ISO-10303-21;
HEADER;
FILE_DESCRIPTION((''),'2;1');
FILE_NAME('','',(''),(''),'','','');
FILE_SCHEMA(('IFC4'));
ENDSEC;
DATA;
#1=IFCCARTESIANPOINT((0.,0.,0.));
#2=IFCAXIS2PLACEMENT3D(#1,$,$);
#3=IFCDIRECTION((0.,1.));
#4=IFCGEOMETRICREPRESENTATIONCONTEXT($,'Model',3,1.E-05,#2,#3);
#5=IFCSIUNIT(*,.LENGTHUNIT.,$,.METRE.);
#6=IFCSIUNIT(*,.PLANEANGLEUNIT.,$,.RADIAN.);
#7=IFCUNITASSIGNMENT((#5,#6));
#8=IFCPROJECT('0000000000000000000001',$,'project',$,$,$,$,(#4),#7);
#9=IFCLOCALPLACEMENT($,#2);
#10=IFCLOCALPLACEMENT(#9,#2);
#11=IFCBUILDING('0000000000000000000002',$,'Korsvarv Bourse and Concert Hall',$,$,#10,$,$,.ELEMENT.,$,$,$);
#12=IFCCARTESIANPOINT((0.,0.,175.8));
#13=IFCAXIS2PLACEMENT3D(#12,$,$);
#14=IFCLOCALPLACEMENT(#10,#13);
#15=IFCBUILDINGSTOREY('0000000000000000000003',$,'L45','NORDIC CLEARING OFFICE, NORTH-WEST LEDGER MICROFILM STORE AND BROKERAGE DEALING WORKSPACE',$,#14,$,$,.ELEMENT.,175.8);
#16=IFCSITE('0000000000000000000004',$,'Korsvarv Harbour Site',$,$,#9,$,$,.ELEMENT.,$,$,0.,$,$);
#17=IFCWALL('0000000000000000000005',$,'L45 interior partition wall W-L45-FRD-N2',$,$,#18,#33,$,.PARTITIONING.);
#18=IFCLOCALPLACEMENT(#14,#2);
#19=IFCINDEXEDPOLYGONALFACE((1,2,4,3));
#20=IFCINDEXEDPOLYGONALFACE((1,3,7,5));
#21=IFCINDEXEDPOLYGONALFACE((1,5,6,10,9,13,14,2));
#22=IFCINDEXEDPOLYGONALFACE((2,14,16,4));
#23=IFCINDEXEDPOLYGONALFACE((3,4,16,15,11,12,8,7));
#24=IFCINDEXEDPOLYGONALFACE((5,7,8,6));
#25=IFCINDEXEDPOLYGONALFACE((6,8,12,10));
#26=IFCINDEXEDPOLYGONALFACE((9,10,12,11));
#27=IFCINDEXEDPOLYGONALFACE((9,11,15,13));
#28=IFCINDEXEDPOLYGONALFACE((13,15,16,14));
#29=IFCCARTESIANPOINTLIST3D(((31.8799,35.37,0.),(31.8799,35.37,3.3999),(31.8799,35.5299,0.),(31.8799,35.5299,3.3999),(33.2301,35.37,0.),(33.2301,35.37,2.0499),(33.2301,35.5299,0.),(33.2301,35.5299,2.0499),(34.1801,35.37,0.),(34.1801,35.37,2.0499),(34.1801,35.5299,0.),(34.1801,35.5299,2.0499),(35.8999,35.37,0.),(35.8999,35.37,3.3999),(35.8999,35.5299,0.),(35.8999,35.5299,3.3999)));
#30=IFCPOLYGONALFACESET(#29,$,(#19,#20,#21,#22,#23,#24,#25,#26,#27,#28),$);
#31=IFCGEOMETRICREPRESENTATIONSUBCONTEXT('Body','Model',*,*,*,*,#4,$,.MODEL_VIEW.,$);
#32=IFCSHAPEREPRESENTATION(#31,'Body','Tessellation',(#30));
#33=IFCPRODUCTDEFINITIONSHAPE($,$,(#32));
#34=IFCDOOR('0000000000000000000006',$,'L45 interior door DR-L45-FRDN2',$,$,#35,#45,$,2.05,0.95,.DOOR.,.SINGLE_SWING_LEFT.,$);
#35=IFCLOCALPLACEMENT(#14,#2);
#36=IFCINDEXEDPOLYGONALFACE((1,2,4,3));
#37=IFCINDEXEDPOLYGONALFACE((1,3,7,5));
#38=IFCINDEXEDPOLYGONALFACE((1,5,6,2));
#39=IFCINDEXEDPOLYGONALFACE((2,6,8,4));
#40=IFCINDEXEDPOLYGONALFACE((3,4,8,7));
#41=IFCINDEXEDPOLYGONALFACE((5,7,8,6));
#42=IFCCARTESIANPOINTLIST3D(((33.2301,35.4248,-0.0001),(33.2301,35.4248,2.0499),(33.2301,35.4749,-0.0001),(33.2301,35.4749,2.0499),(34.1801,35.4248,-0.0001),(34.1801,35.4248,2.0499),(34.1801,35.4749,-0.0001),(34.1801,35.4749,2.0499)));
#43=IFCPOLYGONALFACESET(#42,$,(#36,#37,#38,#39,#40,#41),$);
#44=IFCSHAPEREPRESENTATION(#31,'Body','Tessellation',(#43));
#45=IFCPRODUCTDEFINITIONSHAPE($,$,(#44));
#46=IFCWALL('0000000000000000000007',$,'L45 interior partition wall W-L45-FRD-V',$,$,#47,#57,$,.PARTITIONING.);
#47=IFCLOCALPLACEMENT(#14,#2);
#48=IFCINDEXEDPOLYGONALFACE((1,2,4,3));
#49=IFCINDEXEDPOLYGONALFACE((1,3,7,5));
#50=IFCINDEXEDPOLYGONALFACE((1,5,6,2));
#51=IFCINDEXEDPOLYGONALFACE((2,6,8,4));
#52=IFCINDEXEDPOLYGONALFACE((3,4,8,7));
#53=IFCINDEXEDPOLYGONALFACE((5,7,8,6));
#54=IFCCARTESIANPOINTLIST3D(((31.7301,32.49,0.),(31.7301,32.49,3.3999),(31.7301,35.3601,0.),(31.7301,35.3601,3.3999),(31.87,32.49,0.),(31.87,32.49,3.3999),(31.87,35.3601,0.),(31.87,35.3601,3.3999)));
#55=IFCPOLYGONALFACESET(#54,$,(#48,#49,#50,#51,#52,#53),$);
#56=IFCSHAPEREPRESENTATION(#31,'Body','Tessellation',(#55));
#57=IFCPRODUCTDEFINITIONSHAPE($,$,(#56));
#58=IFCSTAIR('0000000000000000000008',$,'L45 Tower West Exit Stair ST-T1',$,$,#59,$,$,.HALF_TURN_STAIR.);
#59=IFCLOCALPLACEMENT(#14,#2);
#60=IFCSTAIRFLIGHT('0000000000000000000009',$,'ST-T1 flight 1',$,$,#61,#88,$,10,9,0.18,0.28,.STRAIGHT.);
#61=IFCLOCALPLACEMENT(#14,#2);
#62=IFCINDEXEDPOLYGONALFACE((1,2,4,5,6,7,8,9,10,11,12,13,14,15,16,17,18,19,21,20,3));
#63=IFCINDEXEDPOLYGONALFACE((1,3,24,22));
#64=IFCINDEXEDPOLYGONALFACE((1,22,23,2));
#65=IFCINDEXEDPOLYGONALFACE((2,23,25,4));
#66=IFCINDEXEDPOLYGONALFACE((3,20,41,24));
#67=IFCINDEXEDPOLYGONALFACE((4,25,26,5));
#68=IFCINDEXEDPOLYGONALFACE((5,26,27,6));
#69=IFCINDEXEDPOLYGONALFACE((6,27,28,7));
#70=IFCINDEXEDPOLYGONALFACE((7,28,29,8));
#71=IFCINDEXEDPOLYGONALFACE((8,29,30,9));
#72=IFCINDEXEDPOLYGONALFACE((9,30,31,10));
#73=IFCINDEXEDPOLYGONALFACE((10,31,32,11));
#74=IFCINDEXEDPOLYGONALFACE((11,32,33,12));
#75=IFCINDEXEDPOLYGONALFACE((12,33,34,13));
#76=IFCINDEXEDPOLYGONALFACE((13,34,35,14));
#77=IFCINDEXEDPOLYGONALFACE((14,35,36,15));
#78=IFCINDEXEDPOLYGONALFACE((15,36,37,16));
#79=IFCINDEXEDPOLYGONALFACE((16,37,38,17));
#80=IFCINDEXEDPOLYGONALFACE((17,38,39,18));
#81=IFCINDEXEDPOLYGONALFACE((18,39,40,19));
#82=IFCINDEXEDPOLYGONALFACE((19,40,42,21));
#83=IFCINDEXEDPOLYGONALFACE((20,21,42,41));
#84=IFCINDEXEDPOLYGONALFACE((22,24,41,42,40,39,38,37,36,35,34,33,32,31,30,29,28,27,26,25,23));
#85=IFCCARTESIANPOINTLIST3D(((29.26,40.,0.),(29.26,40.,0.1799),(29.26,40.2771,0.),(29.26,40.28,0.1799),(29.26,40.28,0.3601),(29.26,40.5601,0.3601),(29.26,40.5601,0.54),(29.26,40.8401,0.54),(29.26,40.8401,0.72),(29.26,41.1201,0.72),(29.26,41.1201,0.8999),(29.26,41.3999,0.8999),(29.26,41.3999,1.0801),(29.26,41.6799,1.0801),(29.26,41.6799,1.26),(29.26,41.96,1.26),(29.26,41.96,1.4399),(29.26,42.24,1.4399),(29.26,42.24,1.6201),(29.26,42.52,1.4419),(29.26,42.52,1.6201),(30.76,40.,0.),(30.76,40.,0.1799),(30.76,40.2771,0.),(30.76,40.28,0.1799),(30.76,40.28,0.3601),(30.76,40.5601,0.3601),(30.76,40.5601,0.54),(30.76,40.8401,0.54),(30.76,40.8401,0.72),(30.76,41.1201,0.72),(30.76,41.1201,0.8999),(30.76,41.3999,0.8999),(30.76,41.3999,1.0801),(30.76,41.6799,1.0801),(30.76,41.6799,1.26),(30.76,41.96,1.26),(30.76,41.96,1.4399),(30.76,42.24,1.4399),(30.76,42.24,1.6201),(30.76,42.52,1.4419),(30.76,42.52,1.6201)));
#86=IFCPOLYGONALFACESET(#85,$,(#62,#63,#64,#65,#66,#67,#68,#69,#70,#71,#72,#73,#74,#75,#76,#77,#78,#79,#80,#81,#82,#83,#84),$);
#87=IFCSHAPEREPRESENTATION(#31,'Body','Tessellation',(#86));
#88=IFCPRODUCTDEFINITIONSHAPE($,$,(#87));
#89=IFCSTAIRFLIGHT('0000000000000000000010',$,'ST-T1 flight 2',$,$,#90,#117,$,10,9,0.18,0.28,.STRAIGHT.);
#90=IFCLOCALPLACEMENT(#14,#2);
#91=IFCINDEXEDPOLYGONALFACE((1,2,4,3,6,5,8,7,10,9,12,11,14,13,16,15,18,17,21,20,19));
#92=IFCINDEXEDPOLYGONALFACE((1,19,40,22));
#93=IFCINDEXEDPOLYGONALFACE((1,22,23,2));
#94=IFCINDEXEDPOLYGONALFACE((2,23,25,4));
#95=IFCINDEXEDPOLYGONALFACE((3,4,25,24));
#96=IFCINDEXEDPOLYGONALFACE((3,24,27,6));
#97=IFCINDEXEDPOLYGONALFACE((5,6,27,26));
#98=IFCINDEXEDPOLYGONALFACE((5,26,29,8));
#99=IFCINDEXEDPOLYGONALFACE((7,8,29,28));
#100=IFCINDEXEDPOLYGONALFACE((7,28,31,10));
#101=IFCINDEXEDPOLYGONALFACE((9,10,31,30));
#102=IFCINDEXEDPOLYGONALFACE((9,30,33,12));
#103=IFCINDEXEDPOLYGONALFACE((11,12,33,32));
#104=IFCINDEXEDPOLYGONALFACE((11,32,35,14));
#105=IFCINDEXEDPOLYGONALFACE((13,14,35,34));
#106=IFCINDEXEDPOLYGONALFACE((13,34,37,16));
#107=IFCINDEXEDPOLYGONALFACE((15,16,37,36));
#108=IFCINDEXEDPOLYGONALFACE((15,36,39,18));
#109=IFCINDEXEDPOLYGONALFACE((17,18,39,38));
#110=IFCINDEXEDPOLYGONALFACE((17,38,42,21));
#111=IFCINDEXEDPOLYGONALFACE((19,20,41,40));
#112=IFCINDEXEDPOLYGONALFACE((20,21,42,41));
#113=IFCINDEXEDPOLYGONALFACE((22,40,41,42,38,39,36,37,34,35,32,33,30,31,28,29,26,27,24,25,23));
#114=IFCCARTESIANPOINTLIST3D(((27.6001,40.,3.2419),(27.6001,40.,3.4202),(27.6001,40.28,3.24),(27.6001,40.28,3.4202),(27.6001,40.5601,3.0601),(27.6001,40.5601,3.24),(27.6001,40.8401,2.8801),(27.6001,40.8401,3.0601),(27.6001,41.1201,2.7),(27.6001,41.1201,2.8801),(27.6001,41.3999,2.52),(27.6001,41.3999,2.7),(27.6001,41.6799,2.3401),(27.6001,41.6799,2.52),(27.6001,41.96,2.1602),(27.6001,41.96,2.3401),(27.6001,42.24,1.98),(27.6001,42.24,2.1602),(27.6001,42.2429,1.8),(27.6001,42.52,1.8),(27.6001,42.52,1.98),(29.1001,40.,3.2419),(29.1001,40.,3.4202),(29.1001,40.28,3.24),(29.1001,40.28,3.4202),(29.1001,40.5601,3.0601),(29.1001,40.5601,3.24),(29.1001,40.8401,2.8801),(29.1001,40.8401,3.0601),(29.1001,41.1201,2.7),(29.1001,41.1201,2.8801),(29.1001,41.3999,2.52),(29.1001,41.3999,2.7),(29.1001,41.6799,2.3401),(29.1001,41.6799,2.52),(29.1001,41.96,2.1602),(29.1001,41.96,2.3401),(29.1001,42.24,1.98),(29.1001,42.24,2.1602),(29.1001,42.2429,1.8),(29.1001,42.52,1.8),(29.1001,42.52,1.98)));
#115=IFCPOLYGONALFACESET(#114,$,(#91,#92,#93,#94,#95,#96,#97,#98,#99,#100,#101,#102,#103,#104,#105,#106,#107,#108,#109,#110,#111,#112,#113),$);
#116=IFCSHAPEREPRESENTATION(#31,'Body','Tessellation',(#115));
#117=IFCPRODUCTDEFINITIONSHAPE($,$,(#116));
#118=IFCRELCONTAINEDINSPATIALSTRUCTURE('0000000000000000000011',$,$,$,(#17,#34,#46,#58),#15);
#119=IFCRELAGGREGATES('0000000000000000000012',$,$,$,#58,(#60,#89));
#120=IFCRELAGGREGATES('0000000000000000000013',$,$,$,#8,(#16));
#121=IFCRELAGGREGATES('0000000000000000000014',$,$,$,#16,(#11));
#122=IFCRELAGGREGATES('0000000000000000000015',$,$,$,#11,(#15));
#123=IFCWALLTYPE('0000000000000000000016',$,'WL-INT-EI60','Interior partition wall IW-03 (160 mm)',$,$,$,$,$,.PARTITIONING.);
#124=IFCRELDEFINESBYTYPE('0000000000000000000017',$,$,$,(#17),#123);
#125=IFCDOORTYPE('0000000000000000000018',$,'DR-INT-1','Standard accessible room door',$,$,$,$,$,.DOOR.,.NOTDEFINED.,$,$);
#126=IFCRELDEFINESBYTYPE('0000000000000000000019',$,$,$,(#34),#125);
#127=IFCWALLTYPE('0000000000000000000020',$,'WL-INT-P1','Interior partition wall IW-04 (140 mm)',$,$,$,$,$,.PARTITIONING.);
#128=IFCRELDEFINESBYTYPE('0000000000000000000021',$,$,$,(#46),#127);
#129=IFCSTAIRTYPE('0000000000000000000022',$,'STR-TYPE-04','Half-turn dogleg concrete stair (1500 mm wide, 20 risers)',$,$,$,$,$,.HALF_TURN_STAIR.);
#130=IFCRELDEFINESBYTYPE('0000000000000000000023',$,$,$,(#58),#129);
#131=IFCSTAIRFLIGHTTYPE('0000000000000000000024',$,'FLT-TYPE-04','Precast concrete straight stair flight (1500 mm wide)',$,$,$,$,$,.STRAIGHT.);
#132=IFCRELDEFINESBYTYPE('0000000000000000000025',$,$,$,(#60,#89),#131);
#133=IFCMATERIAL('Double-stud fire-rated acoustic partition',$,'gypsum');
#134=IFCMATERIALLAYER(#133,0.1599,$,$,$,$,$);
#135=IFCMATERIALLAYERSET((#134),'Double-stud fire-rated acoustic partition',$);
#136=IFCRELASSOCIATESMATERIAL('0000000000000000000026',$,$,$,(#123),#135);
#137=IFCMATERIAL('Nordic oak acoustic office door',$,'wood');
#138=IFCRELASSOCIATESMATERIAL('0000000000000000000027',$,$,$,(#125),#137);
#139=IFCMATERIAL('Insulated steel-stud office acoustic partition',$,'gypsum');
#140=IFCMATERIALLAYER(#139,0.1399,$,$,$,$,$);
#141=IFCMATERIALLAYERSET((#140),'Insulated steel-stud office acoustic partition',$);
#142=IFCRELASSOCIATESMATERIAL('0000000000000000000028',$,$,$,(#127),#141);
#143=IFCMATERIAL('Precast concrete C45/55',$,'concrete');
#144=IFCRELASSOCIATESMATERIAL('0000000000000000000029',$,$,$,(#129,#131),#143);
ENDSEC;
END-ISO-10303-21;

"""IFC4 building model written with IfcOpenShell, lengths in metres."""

from ifc_helpers import new_model, si_unit, direction, frame, frame_2d, origin, place, context, subcontext, project, spatial, polyline, rectangle, outline, extrude, material, layer, layer_set, type_object, element, fill, aggregate, save


model = new_model("IFC4")

# Units and contexts
model_context = context("Model", 3, precision=1e-05, world=origin(), true_north=direction((0.0, 1.0)))
body_context = subcontext(model_context, "Body", "Model", "MODEL_VIEW")
ifc_project = project(units=[si_unit("LENGTHUNIT", "METRE"), si_unit("PLANEANGLEUNIT", "RADIAN")], contexts=[model_context])

# Site, building, storey
site_placement = place(None, origin())
site = spatial("IfcSite", under=ifc_project, at=site_placement, Name="Korsvarv Harbour Site", CompositionType="ELEMENT", RefElevation=0.0)
building_placement = place(site_placement, origin())
building = spatial("IfcBuilding", under=site, at=building_placement, Name="Korsvarv Bourse and Concert Hall", CompositionType="ELEMENT")
storey_placement = place(building_placement, frame((0.0, 0.0, 175.8)))
storey = spatial("IfcBuildingStorey", under=building, at=storey_placement, Name="L45", Description="NORDIC CLEARING OFFICE, NORTH-WEST LEDGER MICROFILM STORE AND BROKERAGE DEALING WORKSPACE", CompositionType="ELEMENT", Elevation=175.8)

# Shared definitions
ifc_material_1 = material(Name="Double-stud fire-rated acoustic partition", Category="gypsum")
ifc_layer_1 = layer(ifc_material_1, 0.1599)
ifc_layer_set_1 = layer_set([ifc_layer_1], Name="Double-stud fire-rated acoustic partition")
wall_type_1 = type_object("IfcWallType", Name="WL-INT-EI60", Description="Interior partition wall IW-03 (160 mm)", PredefinedType="PARTITIONING", material=ifc_layer_set_1)

# Wall, opening, door
wall_1_placement = place(storey_placement, frame((31.8799, 35.45, 0.0), z_axis=(0.0, 0.0, 1.0), x_axis=(1.0, 0.0, 0.0)))
wall_1 = element("IfcWall", 1, at=wall_1_placement, inside=storey, type_object=wall_type_1, Name="L45 interior partition wall W-L45-FRD-N2", PredefinedType="PARTITIONING", context=body_context, shape_type="SweptSolid", body=[
    extrude(rectangle(XDim=4.02, YDim=0.1599, at=frame_2d((2.01, 0.0))), origin(), (0.0, 0.0, 1.0), 3.3999),
])
opening_1_placement = place(wall_1_placement, frame((1.3501, 0.0, 0.0)))
opening_1 = element("IfcOpeningElement", 2, at=opening_1_placement, cuts=wall_1, PredefinedType="OPENING", context=body_context, shape_type="SweptSolid", body=[
    extrude(rectangle(XDim=0.95, YDim=2.05, at=frame_2d((0.4751, 1.0249))), frame((0.0, 0.0898, 0.0), z_axis=(0.0, -1.0, 0.0), x_axis=(1.0, 0.0, 0.0)), (0.0, 0.0, 1.0), 0.1799),
])
ifc_material_2 = material(Name="Nordic oak acoustic office door", Category="wood")
door_type_1 = type_object("IfcDoorType", Name="DR-INT-1", Description="Standard accessible room door", OperationType="NOTDEFINED", PredefinedType="DOOR", material=ifc_material_2)
door_1_placement = place(opening_1_placement, origin())
door_1 = element("IfcDoor", 3, at=door_1_placement, inside=storey, type_object=door_type_1, Name="L45 interior door DR-L45-FRDN2", OperationType="SINGLE_SWING_LEFT", OverallHeight=2.05, OverallWidth=0.95, PredefinedType="DOOR", context=body_context, shape_type="SweptSolid", body=[
    extrude(rectangle(XDim=0.95, YDim=2.05, at=frame_2d((0.4751, 1.0249))), frame((0.0, 0.0249, 0.0), z_axis=(0.0, -1.0, 0.0), x_axis=(1.0, 0.0, 0.0)), (0.0, 0.0, 1.0), 0.05),
])
fill(opening_1, door_1)

# Wall
ifc_material_3 = material(Name="Insulated steel-stud office acoustic partition", Category="gypsum")
ifc_layer_2 = layer(ifc_material_3, 0.1399)
ifc_layer_set_2 = layer_set([ifc_layer_2], Name="Insulated steel-stud office acoustic partition")
wall_type_2 = type_object("IfcWallType", Name="WL-INT-P1", Description="Interior partition wall IW-04 (140 mm)", PredefinedType="PARTITIONING", material=ifc_layer_set_2)
wall_2_placement = place(storey_placement, frame((31.8, 32.49, 0.0), z_axis=(0.0, 0.0, 1.0), x_axis=(0.0, 1.0, 0.0)))
element("IfcWall", 4, at=wall_2_placement, inside=storey, type_object=wall_type_2, Name="L45 interior partition wall W-L45-FRD-V", PredefinedType="PARTITIONING", context=body_context, shape_type="SweptSolid", body=[
    extrude(rectangle(XDim=2.8701, YDim=0.1399, at=frame_2d((1.4351, 0.0))), origin(), (0.0, 0.0, 1.0), 3.3999),
])

# Stair, stair flights
ifc_material_4 = material(Name="Precast concrete C45/55", Category="concrete")
stair_type = type_object("IfcStairType", Name="STR-TYPE-04", Description="Half-turn dogleg concrete stair (1500 mm wide, 20 risers)", PredefinedType="HALF_TURN_STAIR", material=ifc_material_4)
stair_placement = place(storey_placement, origin())
stair = element("IfcStair", 5, at=stair_placement, inside=storey, type_object=stair_type, Name="L45 Tower West Exit Stair ST-T1", PredefinedType="HALF_TURN_STAIR")
stair_flight_type = type_object("IfcStairFlightType", Name="FLT-TYPE-04", Description="Precast concrete straight stair flight (1500 mm wide)", PredefinedType="STRAIGHT", material=ifc_material_4)
stair_flight_1_placement = place(storey_placement, frame((30.01, 40.0, 0.0), z_axis=(0.0, 0.0, 1.0), x_axis=(0.0, 1.0, 0.0)))
stair_flight_1 = element("IfcStairFlight", 6, at=stair_flight_1_placement, type_object=stair_flight_type, Name="ST-T1 flight 1", NumberOfRisers=10, NumberOfTreads=9, PredefinedType="STRAIGHT", RiserHeight=0.18, TreadLength=0.28, context=body_context, shape_type="SweptSolid", body=[
    extrude(outline(polyline([(0.0, 0.0), (0.0, 0.1799), (0.28, 0.1799), (0.28, 0.3601), (0.5601, 0.3601), (0.5601, 0.54), (0.8401, 0.54), (0.8401, 0.72), (1.1201, 0.72), (1.1201, 0.8999), (1.3999, 0.8999), (1.3999, 1.0801), (1.6799, 1.0801), (1.6799, 1.26), (1.96, 1.26), (1.96, 1.4399), (2.24, 1.4399), (2.24, 1.6201), (2.52, 1.6201), (2.52, 1.8), (2.52, 1.4419), (0.2771, 0.0), (0.0, 0.0)])), frame((0.0, 0.75, 0.0), z_axis=(0.0, -1.0, 0.0), x_axis=(1.0, 0.0, 0.0)), (0.0, 0.0, 1.0), 1.5),
])
stair_flight_2_placement = place(storey_placement, frame((28.3501, 42.52, 1.8), z_axis=(0.0, 0.0, 1.0), x_axis=(0.0, -1.0, 0.0)))
stair_flight_2 = element("IfcStairFlight", 7, at=stair_flight_2_placement, type_object=stair_flight_type, Name="ST-T1 flight 2", NumberOfRisers=10, NumberOfTreads=9, PredefinedType="STRAIGHT", RiserHeight=0.18, TreadLength=0.28, context=body_context, shape_type="SweptSolid", body=[
    extrude(outline(polyline([(0.0, 0.0), (0.0, 0.1799), (0.28, 0.1799), (0.28, 0.3601), (0.5601, 0.3601), (0.5601, 0.54), (0.8401, 0.54), (0.8401, 0.72), (1.1201, 0.72), (1.1201, 0.8999), (1.3999, 0.8999), (1.3999, 1.0801), (1.6799, 1.0801), (1.6799, 1.26), (1.96, 1.26), (1.96, 1.4399), (2.24, 1.4399), (2.24, 1.6201), (2.52, 1.6201), (2.52, 1.8), (2.52, 1.4419), (0.2771, 0.0), (0.0, 0.0)])), frame((0.0, 0.75, 0.0), z_axis=(0.0, -1.0, 0.0), x_axis=(1.0, 0.0, 0.0)), (0.0, 0.0, 1.0), 1.5),
])
aggregate(stair, [stair_flight_1, stair_flight_2])

save(model, "model.ifc")
